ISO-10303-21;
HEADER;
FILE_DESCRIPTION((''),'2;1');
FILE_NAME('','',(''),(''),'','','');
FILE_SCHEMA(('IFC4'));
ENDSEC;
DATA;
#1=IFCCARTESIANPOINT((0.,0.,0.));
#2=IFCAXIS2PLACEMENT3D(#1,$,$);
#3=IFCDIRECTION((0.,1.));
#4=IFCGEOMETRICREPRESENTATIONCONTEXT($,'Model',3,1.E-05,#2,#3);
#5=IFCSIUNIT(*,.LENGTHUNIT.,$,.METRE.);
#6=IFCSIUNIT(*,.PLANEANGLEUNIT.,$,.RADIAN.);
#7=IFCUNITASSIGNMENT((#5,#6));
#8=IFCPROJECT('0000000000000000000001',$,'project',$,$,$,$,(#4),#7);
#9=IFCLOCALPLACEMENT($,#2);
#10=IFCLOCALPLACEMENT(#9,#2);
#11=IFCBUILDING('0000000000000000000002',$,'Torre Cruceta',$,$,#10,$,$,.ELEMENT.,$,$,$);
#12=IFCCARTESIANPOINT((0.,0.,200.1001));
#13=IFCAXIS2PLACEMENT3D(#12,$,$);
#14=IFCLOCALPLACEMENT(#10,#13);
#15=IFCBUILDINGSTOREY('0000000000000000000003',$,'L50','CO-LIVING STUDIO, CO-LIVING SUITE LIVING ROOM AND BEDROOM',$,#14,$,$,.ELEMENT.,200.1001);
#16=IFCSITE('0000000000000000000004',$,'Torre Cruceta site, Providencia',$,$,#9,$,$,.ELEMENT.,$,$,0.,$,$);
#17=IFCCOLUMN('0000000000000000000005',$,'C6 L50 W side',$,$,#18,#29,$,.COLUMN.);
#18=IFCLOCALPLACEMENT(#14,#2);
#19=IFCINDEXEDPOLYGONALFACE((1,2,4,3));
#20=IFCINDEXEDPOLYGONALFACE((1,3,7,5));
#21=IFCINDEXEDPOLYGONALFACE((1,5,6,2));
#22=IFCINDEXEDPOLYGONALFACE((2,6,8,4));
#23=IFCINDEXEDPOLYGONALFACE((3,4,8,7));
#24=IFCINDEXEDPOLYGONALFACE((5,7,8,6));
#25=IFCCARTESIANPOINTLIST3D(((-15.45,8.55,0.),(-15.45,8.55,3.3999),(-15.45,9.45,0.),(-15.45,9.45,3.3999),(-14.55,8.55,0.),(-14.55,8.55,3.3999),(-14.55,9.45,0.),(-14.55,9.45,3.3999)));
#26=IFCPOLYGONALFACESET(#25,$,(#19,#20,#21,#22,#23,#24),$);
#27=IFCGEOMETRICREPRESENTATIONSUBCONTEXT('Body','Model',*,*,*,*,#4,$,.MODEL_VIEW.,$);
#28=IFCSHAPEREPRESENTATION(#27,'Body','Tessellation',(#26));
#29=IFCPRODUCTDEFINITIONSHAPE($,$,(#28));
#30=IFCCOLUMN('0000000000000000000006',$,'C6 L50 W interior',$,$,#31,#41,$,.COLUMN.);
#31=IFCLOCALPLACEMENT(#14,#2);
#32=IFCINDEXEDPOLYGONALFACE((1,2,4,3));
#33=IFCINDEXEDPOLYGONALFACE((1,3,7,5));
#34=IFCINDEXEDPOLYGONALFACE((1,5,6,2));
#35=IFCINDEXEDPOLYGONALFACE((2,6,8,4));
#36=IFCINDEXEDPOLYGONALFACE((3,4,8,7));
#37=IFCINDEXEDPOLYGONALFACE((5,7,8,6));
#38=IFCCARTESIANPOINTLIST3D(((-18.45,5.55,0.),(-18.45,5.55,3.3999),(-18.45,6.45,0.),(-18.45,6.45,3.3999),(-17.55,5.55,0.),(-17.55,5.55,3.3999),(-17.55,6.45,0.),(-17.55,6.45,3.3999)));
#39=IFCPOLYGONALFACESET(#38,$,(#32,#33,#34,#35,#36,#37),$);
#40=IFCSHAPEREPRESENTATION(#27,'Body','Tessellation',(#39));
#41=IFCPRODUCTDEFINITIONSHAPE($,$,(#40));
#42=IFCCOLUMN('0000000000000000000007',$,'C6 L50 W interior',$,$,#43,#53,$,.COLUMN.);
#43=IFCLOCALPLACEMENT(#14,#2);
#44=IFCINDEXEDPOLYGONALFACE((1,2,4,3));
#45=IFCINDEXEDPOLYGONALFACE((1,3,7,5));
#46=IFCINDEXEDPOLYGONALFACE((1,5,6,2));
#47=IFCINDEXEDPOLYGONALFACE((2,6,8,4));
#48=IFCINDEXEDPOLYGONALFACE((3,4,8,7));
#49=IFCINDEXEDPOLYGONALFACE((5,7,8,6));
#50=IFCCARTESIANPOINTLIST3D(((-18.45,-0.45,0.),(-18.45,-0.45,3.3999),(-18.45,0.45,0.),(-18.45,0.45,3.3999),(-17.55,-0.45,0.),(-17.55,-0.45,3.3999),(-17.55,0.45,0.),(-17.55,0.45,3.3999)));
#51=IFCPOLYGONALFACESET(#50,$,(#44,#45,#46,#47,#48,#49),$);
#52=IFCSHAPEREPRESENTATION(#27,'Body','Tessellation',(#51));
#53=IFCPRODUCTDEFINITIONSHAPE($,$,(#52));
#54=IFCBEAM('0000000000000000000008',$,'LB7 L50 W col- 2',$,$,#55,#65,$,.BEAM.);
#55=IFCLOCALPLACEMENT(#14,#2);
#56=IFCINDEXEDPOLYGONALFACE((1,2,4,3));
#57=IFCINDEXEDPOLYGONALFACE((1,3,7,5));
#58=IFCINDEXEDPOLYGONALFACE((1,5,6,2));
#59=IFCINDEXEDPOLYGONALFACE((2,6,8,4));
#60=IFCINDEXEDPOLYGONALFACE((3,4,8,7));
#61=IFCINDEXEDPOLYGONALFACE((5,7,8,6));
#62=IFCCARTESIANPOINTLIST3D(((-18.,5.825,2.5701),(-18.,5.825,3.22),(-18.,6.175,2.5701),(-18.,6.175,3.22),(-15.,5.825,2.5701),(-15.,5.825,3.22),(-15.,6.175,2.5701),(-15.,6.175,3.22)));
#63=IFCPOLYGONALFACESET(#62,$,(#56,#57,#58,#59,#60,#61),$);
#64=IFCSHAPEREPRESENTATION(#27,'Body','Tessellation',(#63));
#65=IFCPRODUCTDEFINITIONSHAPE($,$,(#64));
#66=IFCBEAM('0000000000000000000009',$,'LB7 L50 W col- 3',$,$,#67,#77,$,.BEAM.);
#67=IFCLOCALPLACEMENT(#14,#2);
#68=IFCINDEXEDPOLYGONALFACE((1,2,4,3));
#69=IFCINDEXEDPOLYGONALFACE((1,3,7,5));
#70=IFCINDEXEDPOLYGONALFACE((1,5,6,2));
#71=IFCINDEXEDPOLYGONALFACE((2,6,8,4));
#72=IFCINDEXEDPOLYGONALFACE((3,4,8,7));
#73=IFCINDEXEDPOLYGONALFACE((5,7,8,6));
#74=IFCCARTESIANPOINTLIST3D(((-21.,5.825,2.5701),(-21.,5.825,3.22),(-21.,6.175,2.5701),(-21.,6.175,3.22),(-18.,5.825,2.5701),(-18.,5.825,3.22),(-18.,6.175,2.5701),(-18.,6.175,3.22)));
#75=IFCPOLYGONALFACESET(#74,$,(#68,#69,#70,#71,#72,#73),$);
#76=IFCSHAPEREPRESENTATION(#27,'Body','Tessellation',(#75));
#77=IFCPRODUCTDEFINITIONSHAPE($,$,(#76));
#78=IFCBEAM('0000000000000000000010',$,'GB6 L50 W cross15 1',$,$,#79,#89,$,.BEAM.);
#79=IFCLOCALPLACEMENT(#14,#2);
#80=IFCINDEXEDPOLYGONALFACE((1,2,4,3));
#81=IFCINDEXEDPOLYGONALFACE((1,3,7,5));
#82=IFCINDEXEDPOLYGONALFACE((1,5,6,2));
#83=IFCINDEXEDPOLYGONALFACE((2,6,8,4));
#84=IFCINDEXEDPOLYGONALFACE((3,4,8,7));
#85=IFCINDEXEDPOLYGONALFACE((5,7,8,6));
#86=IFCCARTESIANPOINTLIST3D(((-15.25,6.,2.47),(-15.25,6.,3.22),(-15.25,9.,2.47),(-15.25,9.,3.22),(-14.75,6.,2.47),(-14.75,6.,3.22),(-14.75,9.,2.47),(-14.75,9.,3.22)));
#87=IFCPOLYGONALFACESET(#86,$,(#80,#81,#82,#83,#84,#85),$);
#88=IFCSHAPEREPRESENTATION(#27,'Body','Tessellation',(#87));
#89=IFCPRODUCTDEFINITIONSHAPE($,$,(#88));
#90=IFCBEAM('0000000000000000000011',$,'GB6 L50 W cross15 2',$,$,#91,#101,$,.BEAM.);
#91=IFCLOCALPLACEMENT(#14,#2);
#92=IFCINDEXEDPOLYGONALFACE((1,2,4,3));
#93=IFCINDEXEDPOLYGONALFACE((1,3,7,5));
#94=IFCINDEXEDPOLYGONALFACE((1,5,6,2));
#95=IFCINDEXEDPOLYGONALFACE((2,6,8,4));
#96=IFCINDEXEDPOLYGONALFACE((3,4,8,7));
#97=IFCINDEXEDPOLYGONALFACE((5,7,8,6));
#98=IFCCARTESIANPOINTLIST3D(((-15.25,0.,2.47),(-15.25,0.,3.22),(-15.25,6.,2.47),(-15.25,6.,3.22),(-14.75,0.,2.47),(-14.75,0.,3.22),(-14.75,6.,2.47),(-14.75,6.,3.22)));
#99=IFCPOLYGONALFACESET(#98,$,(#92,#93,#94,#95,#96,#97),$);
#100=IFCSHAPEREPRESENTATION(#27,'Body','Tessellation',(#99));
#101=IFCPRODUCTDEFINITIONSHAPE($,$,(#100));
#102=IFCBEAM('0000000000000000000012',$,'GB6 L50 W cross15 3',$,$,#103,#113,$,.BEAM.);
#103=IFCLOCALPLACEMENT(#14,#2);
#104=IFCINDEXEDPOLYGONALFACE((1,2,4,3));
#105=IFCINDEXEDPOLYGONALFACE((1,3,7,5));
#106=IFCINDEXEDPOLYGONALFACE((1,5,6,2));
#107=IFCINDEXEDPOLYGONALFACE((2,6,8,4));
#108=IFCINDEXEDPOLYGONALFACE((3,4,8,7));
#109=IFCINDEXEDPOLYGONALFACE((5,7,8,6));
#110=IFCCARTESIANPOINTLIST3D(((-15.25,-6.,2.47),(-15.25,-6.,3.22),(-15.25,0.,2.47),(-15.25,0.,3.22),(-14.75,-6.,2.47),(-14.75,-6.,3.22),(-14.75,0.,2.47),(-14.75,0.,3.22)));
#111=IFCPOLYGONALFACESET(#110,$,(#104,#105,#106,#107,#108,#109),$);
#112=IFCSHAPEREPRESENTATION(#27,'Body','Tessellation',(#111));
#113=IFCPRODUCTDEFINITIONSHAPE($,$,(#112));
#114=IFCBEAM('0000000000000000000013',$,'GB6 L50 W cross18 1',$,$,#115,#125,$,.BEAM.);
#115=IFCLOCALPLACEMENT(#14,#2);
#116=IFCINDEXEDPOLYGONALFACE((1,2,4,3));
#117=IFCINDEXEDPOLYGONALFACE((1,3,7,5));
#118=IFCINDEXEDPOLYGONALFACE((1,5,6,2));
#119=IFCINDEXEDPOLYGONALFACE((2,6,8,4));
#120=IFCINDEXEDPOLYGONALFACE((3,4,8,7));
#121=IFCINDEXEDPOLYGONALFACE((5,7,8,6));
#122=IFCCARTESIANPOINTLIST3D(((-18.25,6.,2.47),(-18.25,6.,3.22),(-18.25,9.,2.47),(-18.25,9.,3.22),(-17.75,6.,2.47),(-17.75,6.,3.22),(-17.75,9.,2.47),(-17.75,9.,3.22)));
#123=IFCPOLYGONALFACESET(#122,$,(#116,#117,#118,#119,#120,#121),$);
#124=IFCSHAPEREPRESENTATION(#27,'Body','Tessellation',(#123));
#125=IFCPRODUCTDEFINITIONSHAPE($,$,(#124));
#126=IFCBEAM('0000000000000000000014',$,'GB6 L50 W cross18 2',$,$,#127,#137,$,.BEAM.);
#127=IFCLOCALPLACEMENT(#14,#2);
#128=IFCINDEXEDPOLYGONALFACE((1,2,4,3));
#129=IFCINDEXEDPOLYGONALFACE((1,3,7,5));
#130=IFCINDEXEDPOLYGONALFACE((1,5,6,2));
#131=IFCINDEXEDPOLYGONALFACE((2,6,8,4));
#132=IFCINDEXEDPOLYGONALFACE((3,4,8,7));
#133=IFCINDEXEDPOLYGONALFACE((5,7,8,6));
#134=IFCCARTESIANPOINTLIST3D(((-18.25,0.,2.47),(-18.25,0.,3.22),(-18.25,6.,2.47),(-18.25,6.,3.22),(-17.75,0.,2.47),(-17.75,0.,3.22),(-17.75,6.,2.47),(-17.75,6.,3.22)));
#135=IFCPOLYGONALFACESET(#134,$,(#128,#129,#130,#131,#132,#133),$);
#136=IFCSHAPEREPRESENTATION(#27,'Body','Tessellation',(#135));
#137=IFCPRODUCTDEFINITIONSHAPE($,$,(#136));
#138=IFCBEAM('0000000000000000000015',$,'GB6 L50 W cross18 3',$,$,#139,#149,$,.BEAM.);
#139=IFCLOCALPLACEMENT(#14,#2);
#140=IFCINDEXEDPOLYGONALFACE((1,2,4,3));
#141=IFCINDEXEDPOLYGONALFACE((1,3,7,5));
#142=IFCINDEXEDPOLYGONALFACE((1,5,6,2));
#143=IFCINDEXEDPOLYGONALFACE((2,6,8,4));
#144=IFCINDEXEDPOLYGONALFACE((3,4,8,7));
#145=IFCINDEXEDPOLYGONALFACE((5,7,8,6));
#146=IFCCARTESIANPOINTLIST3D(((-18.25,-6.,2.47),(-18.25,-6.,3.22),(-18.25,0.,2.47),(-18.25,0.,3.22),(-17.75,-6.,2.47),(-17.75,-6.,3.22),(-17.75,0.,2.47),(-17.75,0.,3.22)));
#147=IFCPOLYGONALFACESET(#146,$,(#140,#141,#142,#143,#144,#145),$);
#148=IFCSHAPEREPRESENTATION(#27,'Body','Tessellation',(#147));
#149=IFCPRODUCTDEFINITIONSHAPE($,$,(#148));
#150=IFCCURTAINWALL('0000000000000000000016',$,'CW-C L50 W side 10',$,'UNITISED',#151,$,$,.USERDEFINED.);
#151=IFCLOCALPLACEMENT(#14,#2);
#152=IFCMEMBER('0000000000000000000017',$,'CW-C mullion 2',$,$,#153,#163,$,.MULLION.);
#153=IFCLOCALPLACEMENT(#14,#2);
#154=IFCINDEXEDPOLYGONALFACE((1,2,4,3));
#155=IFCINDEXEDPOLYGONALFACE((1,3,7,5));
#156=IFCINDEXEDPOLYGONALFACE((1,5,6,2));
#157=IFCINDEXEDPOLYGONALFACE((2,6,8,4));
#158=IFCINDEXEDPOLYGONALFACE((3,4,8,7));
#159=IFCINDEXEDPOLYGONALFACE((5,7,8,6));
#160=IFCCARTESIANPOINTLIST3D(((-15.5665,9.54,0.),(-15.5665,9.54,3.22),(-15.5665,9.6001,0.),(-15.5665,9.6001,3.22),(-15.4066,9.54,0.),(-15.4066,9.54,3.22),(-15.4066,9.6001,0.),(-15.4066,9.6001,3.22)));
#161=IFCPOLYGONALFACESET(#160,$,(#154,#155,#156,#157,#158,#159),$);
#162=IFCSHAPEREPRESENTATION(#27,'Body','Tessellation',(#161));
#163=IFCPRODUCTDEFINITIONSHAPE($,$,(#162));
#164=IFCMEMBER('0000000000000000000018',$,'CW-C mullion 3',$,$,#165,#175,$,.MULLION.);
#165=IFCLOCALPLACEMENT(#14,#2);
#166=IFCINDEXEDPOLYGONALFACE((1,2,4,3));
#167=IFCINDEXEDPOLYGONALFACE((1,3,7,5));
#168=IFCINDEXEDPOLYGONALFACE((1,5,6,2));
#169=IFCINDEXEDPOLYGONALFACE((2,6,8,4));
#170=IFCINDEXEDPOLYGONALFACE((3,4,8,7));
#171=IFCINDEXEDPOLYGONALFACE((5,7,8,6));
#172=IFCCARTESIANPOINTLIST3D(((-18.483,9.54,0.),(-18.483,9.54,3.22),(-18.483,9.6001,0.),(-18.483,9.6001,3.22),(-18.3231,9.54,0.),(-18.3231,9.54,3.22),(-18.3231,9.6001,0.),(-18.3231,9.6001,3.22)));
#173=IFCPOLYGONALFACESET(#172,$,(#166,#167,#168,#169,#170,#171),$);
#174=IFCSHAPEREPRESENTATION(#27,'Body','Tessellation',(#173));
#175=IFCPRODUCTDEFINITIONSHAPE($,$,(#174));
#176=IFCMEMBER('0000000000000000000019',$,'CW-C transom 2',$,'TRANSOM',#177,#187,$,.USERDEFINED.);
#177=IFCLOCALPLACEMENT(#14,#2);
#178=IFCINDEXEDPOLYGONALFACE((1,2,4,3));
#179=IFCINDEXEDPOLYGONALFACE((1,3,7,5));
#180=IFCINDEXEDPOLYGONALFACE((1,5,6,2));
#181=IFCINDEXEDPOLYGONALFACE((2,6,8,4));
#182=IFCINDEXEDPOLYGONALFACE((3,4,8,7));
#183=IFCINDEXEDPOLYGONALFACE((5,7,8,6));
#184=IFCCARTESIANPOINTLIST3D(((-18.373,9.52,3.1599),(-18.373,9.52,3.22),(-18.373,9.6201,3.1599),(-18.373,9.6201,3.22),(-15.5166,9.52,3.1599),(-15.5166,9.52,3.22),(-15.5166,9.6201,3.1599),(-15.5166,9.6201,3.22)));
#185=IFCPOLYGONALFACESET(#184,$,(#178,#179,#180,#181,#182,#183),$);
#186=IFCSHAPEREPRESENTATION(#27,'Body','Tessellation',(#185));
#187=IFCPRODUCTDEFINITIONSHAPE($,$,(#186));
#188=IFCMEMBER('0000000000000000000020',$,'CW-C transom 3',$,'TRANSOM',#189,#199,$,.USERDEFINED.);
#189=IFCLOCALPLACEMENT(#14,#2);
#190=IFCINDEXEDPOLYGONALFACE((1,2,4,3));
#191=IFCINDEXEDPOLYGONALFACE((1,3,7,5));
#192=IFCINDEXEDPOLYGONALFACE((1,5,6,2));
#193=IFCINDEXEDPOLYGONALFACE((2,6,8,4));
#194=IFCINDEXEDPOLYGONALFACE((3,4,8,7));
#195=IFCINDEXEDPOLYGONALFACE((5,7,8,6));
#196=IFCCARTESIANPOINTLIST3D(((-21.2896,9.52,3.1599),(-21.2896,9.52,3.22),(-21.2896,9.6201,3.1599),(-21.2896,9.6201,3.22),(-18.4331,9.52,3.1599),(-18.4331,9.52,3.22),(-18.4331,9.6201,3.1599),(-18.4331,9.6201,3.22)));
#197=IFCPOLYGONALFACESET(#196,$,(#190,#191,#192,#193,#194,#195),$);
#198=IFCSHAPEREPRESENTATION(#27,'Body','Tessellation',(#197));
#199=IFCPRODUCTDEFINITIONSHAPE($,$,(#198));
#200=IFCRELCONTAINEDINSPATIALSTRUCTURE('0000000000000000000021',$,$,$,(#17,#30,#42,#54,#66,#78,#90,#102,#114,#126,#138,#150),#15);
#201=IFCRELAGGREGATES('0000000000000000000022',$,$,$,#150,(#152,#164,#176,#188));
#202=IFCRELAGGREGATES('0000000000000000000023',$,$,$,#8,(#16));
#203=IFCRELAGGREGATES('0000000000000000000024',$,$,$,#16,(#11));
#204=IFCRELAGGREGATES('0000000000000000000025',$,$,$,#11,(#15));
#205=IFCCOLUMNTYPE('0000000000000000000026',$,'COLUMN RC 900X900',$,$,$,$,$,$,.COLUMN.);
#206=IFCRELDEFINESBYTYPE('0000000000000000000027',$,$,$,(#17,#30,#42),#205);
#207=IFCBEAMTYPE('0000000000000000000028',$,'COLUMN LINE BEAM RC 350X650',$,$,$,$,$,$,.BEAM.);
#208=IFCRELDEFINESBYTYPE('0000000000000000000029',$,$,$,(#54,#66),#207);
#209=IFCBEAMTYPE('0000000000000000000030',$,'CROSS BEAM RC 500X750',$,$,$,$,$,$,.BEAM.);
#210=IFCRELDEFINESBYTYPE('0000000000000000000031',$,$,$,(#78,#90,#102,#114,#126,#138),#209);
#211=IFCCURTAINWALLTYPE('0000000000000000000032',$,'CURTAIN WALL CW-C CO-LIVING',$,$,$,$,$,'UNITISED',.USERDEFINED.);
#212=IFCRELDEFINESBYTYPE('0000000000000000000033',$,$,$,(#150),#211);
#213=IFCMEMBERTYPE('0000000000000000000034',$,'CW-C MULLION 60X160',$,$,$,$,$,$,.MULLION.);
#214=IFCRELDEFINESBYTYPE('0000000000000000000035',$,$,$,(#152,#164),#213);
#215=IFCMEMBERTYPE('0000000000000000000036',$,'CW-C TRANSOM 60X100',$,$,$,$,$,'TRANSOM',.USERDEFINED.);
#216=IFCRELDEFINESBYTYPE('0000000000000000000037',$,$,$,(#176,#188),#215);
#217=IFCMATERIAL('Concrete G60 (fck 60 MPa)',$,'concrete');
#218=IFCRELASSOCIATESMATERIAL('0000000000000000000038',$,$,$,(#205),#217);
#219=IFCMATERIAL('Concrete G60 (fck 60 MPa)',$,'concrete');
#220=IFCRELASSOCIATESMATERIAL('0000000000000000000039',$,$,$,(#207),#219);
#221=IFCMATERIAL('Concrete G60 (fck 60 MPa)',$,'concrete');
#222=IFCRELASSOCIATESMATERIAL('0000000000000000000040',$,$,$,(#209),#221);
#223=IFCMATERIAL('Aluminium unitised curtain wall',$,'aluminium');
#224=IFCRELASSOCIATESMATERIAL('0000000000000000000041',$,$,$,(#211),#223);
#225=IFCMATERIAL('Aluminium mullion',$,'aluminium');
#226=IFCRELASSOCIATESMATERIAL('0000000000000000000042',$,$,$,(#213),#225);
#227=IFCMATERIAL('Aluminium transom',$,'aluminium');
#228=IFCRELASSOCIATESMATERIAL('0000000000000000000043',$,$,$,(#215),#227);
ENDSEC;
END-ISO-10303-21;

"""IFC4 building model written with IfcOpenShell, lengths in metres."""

from ifc_helpers import new_model, si_unit, direction, frame, origin, origin_2d, place, context, subcontext, project, spatial, rectangle, extrude, material, material_profile, profile_set, type_object, element, aggregate, save


model = new_model("IFC4")

# Units and contexts
model_context = context("Model", 3, precision=1e-05, world=origin(), true_north=direction((0.0, 1.0)))
body_context = subcontext(model_context, "Body", "Model", "MODEL_VIEW")
ifc_project = project(units=[si_unit("LENGTHUNIT", "METRE"), si_unit("PLANEANGLEUNIT", "RADIAN")], contexts=[model_context])

# Site, building, storey
site_placement = place(None, origin())
site = spatial("IfcSite", under=ifc_project, at=site_placement, Name="Torre Cruceta site, Providencia", CompositionType="ELEMENT", RefElevation=0.0)
building_placement = place(site_placement, origin())
building = spatial("IfcBuilding", under=site, at=building_placement, Name="Torre Cruceta", CompositionType="ELEMENT")
storey_placement = place(building_placement, frame((0.0, 0.0, 200.1001)))
storey = spatial("IfcBuildingStorey", under=building, at=storey_placement, Name="L50", Description="CO-LIVING STUDIO, CO-LIVING SUITE LIVING ROOM AND BEDROOM", CompositionType="ELEMENT", Elevation=200.1001)

# Columns
ifc_material_1 = material(Name="Concrete G60 (fck 60 MPa)", Category="concrete")
ifc_material_profile_1 = material_profile(ifc_material_1, rectangle(XDim=0.8999, YDim=0.8999, at=origin_2d()), Name="RC 900X900")
ifc_profile_set_1 = profile_set([ifc_material_profile_1], Name="Concrete G60 (fck 60 MPa)")
column_type = type_object("IfcColumnType", Name="COLUMN RC 900X900", PredefinedType="COLUMN", material=ifc_profile_set_1)
for number, where, z_axis, x_axis, name in (
    (1, (-15.0, 9.0, 0.0), (0.0, 0.0, 1.0), (1.0, 0.0, 0.0), "C6 L50 W side"),
    (2, (-18.0, 6.0, 0.0), (0.0, 0.0, 1.0), (1.0, 0.0, 0.0), "C6 L50 W interior"),
    (3, (-18.0, 0.0, 0.0), (0.0, 0.0, 1.0), (1.0, 0.0, 0.0), "C6 L50 W interior"),
):
    element("IfcColumn", number, at=place(storey_placement, frame(where, z_axis=z_axis, x_axis=x_axis)), inside=storey, type_object=column_type, Name=name, PredefinedType="COLUMN", context=body_context, shape_type="SweptSolid", body=[
        extrude(rectangle(XDim=0.8999, YDim=0.8999, at=origin_2d()), origin(), (0.0, 0.0, 1.0), 3.3999),
    ])

# Beams
ifc_material_2 = material(Name="Concrete G60 (fck 60 MPa)", Category="concrete")
ifc_material_profile_2 = material_profile(ifc_material_2, rectangle(XDim=0.3501, YDim=0.6499, at=origin_2d()), Name="RC 350X650")
ifc_profile_set_2 = profile_set([ifc_material_profile_2], Name="Concrete G60 (fck 60 MPa)")
beam_type_1 = type_object("IfcBeamType", Name="COLUMN LINE BEAM RC 350X650", PredefinedType="BEAM", material=ifc_profile_set_2)
for number, where, z_axis, x_axis, name in (
    (4, (-15.0, 6.0, 2.895), (-1.0, 0.0, 0.0), (0.0, -1.0, 0.0), "LB7 L50 W col- 2"),
    (5, (-18.0, 6.0, 2.895), (-1.0, 0.0, 0.0), (0.0, -1.0, 0.0), "LB7 L50 W col- 3"),
):
    element("IfcBeam", number, at=place(storey_placement, frame(where, z_axis=z_axis, x_axis=x_axis)), inside=storey, type_object=beam_type_1, Name=name, PredefinedType="BEAM", context=body_context, shape_type="SweptSolid", body=[
        extrude(rectangle(XDim=0.3501, YDim=0.6499, at=origin_2d()), origin(), (0.0, 0.0, 1.0), 3.0),
    ])
ifc_material_3 = material(Name="Concrete G60 (fck 60 MPa)", Category="concrete")
ifc_material_profile_3 = material_profile(ifc_material_3, rectangle(XDim=0.5, YDim=0.75, at=origin_2d()), Name="RC 500X750")
ifc_profile_set_3 = profile_set([ifc_material_profile_3], Name="Concrete G60 (fck 60 MPa)")
beam_type_2 = type_object("IfcBeamType", Name="CROSS BEAM RC 500X750", PredefinedType="BEAM", material=ifc_profile_set_3)
beam_1_placement = place(storey_placement, frame((-15.0, 9.0, 2.845), z_axis=(0.0, -1.0, 0.0), x_axis=(1.0, 0.0, 0.0)))
element("IfcBeam", 6, at=beam_1_placement, inside=storey, type_object=beam_type_2, Name="GB6 L50 W cross15 1", PredefinedType="BEAM", context=body_context, shape_type="SweptSolid", body=[
    extrude(rectangle(XDim=0.5, YDim=0.75, at=origin_2d()), origin(), (0.0, 0.0, 1.0), 3.0),
])
for number, where, z_axis, x_axis, name in (
    (7, (-15.0, 6.0, 2.845), (0.0, -1.0, 0.0), (1.0, 0.0, 0.0), "GB6 L50 W cross15 2"),
    (8, (-15.0, 0.0, 2.845), (0.0, -1.0, 0.0), (1.0, 0.0, 0.0), "GB6 L50 W cross15 3"),
):
    element("IfcBeam", number, at=place(storey_placement, frame(where, z_axis=z_axis, x_axis=x_axis)), inside=storey, type_object=beam_type_2, Name=name, PredefinedType="BEAM", context=body_context, shape_type="SweptSolid", body=[
        extrude(rectangle(XDim=0.5, YDim=0.75, at=origin_2d()), origin(), (0.0, 0.0, 1.0), 6.0),
    ])
beam_2_placement = place(storey_placement, frame((-18.0, 9.0, 2.845), z_axis=(0.0, -1.0, 0.0), x_axis=(1.0, 0.0, 0.0)))
element("IfcBeam", 9, at=beam_2_placement, inside=storey, type_object=beam_type_2, Name="GB6 L50 W cross18 1", PredefinedType="BEAM", context=body_context, shape_type="SweptSolid", body=[
    extrude(rectangle(XDim=0.5, YDim=0.75, at=origin_2d()), origin(), (0.0, 0.0, 1.0), 3.0),
])
for number, where, z_axis, x_axis, name in (
    (10, (-18.0, 6.0, 2.845), (0.0, -1.0, 0.0), (1.0, 0.0, 0.0), "GB6 L50 W cross18 2"),
    (11, (-18.0, 0.0, 2.845), (0.0, -1.0, 0.0), (1.0, 0.0, 0.0), "GB6 L50 W cross18 3"),
):
    element("IfcBeam", number, at=place(storey_placement, frame(where, z_axis=z_axis, x_axis=x_axis)), inside=storey, type_object=beam_type_2, Name=name, PredefinedType="BEAM", context=body_context, shape_type="SweptSolid", body=[
        extrude(rectangle(XDim=0.5, YDim=0.75, at=origin_2d()), origin(), (0.0, 0.0, 1.0), 6.0),
    ])

# Curtain wall, members
ifc_material_4 = material(Name="Aluminium unitised curtain wall", Category="aluminium")
curtain_wall_type = type_object("IfcCurtainWallType", Name="CURTAIN WALL CW-C CO-LIVING", ElementType="UNITISED", PredefinedType="USERDEFINED", material=ifc_material_4)
curtain_wall_placement = place(storey_placement, origin())
curtain_wall = element("IfcCurtainWall", 12, at=curtain_wall_placement, inside=storey, type_object=curtain_wall_type, Name="CW-C L50 W side 10", ObjectType="UNITISED", PredefinedType="USERDEFINED")
ifc_material_5 = material(Name="Aluminium mullion", Category="aluminium")
ifc_material_profile_4 = material_profile(ifc_material_5, rectangle(XDim=0.0601, YDim=0.1599, at=origin_2d()), Name="AL 60X160")
ifc_profile_set_4 = profile_set([ifc_material_profile_4], Name="Aluminium mullion")
member_type_1 = type_object("IfcMemberType", Name="CW-C MULLION 60X160", PredefinedType="MULLION", material=ifc_profile_set_4)
member_1_placement = place(storey_placement, frame((-15.4866, 9.5701, 0.0), z_axis=(0.0, 0.0, 1.0), x_axis=(0.0, -1.0, 0.0)))
member_1 = element("IfcMember", 13, at=member_1_placement, type_object=member_type_1, Name="CW-C mullion 2", PredefinedType="MULLION", context=body_context, shape_type="SweptSolid", body=[
    extrude(rectangle(XDim=0.0601, YDim=0.1599, at=origin_2d()), origin(), (0.0, 0.0, 1.0), 3.22),
])
member_2_placement = place(storey_placement, frame((-18.4031, 9.5701, 0.0), z_axis=(0.0, 0.0, 1.0), x_axis=(0.0, -1.0, 0.0)))
member_2 = element("IfcMember", 14, at=member_2_placement, type_object=member_type_1, Name="CW-C mullion 3", PredefinedType="MULLION", context=body_context, shape_type="SweptSolid", body=[
    extrude(rectangle(XDim=0.0601, YDim=0.1599, at=origin_2d()), origin(), (0.0, 0.0, 1.0), 3.22),
])
ifc_material_6 = material(Name="Aluminium transom", Category="aluminium")
ifc_material_profile_5 = material_profile(ifc_material_6, rectangle(XDim=0.1001, YDim=0.0601, at=origin_2d()), Name="AL 100X60")
ifc_profile_set_5 = profile_set([ifc_material_profile_5], Name="Aluminium transom")
member_type_2 = type_object("IfcMemberType", Name="CW-C TRANSOM 60X100", ElementType="TRANSOM", PredefinedType="USERDEFINED", material=ifc_profile_set_5)
member_3_placement = place(storey_placement, frame((-15.5166, 9.5701, 3.1899), z_axis=(-1.0, 0.0, 0.0), x_axis=(0.0, -1.0, 0.0)))
member_3 = element("IfcMember", 15, at=member_3_placement, type_object=member_type_2, Name="CW-C transom 2", ObjectType="TRANSOM", PredefinedType="USERDEFINED", context=body_context, shape_type="SweptSolid", body=[
    extrude(rectangle(XDim=0.1001, YDim=0.0601, at=origin_2d()), origin(), (0.0, 0.0, 1.0), 2.8564),
])
member_4_placement = place(storey_placement, frame((-18.4331, 9.5701, 3.1899), z_axis=(-1.0, 0.0, 0.0), x_axis=(0.0, -1.0, 0.0)))
member_4 = element("IfcMember", 16, at=member_4_placement, type_object=member_type_2, Name="CW-C transom 3", ObjectType="TRANSOM", PredefinedType="USERDEFINED", context=body_context, shape_type="SweptSolid", body=[
    extrude(rectangle(XDim=0.1001, YDim=0.0601, at=origin_2d()), origin(), (0.0, 0.0, 1.0), 2.8564),
])

aggregate(curtain_wall, [member_1, member_2, member_3, member_4])

save(model, "model.ifc")
